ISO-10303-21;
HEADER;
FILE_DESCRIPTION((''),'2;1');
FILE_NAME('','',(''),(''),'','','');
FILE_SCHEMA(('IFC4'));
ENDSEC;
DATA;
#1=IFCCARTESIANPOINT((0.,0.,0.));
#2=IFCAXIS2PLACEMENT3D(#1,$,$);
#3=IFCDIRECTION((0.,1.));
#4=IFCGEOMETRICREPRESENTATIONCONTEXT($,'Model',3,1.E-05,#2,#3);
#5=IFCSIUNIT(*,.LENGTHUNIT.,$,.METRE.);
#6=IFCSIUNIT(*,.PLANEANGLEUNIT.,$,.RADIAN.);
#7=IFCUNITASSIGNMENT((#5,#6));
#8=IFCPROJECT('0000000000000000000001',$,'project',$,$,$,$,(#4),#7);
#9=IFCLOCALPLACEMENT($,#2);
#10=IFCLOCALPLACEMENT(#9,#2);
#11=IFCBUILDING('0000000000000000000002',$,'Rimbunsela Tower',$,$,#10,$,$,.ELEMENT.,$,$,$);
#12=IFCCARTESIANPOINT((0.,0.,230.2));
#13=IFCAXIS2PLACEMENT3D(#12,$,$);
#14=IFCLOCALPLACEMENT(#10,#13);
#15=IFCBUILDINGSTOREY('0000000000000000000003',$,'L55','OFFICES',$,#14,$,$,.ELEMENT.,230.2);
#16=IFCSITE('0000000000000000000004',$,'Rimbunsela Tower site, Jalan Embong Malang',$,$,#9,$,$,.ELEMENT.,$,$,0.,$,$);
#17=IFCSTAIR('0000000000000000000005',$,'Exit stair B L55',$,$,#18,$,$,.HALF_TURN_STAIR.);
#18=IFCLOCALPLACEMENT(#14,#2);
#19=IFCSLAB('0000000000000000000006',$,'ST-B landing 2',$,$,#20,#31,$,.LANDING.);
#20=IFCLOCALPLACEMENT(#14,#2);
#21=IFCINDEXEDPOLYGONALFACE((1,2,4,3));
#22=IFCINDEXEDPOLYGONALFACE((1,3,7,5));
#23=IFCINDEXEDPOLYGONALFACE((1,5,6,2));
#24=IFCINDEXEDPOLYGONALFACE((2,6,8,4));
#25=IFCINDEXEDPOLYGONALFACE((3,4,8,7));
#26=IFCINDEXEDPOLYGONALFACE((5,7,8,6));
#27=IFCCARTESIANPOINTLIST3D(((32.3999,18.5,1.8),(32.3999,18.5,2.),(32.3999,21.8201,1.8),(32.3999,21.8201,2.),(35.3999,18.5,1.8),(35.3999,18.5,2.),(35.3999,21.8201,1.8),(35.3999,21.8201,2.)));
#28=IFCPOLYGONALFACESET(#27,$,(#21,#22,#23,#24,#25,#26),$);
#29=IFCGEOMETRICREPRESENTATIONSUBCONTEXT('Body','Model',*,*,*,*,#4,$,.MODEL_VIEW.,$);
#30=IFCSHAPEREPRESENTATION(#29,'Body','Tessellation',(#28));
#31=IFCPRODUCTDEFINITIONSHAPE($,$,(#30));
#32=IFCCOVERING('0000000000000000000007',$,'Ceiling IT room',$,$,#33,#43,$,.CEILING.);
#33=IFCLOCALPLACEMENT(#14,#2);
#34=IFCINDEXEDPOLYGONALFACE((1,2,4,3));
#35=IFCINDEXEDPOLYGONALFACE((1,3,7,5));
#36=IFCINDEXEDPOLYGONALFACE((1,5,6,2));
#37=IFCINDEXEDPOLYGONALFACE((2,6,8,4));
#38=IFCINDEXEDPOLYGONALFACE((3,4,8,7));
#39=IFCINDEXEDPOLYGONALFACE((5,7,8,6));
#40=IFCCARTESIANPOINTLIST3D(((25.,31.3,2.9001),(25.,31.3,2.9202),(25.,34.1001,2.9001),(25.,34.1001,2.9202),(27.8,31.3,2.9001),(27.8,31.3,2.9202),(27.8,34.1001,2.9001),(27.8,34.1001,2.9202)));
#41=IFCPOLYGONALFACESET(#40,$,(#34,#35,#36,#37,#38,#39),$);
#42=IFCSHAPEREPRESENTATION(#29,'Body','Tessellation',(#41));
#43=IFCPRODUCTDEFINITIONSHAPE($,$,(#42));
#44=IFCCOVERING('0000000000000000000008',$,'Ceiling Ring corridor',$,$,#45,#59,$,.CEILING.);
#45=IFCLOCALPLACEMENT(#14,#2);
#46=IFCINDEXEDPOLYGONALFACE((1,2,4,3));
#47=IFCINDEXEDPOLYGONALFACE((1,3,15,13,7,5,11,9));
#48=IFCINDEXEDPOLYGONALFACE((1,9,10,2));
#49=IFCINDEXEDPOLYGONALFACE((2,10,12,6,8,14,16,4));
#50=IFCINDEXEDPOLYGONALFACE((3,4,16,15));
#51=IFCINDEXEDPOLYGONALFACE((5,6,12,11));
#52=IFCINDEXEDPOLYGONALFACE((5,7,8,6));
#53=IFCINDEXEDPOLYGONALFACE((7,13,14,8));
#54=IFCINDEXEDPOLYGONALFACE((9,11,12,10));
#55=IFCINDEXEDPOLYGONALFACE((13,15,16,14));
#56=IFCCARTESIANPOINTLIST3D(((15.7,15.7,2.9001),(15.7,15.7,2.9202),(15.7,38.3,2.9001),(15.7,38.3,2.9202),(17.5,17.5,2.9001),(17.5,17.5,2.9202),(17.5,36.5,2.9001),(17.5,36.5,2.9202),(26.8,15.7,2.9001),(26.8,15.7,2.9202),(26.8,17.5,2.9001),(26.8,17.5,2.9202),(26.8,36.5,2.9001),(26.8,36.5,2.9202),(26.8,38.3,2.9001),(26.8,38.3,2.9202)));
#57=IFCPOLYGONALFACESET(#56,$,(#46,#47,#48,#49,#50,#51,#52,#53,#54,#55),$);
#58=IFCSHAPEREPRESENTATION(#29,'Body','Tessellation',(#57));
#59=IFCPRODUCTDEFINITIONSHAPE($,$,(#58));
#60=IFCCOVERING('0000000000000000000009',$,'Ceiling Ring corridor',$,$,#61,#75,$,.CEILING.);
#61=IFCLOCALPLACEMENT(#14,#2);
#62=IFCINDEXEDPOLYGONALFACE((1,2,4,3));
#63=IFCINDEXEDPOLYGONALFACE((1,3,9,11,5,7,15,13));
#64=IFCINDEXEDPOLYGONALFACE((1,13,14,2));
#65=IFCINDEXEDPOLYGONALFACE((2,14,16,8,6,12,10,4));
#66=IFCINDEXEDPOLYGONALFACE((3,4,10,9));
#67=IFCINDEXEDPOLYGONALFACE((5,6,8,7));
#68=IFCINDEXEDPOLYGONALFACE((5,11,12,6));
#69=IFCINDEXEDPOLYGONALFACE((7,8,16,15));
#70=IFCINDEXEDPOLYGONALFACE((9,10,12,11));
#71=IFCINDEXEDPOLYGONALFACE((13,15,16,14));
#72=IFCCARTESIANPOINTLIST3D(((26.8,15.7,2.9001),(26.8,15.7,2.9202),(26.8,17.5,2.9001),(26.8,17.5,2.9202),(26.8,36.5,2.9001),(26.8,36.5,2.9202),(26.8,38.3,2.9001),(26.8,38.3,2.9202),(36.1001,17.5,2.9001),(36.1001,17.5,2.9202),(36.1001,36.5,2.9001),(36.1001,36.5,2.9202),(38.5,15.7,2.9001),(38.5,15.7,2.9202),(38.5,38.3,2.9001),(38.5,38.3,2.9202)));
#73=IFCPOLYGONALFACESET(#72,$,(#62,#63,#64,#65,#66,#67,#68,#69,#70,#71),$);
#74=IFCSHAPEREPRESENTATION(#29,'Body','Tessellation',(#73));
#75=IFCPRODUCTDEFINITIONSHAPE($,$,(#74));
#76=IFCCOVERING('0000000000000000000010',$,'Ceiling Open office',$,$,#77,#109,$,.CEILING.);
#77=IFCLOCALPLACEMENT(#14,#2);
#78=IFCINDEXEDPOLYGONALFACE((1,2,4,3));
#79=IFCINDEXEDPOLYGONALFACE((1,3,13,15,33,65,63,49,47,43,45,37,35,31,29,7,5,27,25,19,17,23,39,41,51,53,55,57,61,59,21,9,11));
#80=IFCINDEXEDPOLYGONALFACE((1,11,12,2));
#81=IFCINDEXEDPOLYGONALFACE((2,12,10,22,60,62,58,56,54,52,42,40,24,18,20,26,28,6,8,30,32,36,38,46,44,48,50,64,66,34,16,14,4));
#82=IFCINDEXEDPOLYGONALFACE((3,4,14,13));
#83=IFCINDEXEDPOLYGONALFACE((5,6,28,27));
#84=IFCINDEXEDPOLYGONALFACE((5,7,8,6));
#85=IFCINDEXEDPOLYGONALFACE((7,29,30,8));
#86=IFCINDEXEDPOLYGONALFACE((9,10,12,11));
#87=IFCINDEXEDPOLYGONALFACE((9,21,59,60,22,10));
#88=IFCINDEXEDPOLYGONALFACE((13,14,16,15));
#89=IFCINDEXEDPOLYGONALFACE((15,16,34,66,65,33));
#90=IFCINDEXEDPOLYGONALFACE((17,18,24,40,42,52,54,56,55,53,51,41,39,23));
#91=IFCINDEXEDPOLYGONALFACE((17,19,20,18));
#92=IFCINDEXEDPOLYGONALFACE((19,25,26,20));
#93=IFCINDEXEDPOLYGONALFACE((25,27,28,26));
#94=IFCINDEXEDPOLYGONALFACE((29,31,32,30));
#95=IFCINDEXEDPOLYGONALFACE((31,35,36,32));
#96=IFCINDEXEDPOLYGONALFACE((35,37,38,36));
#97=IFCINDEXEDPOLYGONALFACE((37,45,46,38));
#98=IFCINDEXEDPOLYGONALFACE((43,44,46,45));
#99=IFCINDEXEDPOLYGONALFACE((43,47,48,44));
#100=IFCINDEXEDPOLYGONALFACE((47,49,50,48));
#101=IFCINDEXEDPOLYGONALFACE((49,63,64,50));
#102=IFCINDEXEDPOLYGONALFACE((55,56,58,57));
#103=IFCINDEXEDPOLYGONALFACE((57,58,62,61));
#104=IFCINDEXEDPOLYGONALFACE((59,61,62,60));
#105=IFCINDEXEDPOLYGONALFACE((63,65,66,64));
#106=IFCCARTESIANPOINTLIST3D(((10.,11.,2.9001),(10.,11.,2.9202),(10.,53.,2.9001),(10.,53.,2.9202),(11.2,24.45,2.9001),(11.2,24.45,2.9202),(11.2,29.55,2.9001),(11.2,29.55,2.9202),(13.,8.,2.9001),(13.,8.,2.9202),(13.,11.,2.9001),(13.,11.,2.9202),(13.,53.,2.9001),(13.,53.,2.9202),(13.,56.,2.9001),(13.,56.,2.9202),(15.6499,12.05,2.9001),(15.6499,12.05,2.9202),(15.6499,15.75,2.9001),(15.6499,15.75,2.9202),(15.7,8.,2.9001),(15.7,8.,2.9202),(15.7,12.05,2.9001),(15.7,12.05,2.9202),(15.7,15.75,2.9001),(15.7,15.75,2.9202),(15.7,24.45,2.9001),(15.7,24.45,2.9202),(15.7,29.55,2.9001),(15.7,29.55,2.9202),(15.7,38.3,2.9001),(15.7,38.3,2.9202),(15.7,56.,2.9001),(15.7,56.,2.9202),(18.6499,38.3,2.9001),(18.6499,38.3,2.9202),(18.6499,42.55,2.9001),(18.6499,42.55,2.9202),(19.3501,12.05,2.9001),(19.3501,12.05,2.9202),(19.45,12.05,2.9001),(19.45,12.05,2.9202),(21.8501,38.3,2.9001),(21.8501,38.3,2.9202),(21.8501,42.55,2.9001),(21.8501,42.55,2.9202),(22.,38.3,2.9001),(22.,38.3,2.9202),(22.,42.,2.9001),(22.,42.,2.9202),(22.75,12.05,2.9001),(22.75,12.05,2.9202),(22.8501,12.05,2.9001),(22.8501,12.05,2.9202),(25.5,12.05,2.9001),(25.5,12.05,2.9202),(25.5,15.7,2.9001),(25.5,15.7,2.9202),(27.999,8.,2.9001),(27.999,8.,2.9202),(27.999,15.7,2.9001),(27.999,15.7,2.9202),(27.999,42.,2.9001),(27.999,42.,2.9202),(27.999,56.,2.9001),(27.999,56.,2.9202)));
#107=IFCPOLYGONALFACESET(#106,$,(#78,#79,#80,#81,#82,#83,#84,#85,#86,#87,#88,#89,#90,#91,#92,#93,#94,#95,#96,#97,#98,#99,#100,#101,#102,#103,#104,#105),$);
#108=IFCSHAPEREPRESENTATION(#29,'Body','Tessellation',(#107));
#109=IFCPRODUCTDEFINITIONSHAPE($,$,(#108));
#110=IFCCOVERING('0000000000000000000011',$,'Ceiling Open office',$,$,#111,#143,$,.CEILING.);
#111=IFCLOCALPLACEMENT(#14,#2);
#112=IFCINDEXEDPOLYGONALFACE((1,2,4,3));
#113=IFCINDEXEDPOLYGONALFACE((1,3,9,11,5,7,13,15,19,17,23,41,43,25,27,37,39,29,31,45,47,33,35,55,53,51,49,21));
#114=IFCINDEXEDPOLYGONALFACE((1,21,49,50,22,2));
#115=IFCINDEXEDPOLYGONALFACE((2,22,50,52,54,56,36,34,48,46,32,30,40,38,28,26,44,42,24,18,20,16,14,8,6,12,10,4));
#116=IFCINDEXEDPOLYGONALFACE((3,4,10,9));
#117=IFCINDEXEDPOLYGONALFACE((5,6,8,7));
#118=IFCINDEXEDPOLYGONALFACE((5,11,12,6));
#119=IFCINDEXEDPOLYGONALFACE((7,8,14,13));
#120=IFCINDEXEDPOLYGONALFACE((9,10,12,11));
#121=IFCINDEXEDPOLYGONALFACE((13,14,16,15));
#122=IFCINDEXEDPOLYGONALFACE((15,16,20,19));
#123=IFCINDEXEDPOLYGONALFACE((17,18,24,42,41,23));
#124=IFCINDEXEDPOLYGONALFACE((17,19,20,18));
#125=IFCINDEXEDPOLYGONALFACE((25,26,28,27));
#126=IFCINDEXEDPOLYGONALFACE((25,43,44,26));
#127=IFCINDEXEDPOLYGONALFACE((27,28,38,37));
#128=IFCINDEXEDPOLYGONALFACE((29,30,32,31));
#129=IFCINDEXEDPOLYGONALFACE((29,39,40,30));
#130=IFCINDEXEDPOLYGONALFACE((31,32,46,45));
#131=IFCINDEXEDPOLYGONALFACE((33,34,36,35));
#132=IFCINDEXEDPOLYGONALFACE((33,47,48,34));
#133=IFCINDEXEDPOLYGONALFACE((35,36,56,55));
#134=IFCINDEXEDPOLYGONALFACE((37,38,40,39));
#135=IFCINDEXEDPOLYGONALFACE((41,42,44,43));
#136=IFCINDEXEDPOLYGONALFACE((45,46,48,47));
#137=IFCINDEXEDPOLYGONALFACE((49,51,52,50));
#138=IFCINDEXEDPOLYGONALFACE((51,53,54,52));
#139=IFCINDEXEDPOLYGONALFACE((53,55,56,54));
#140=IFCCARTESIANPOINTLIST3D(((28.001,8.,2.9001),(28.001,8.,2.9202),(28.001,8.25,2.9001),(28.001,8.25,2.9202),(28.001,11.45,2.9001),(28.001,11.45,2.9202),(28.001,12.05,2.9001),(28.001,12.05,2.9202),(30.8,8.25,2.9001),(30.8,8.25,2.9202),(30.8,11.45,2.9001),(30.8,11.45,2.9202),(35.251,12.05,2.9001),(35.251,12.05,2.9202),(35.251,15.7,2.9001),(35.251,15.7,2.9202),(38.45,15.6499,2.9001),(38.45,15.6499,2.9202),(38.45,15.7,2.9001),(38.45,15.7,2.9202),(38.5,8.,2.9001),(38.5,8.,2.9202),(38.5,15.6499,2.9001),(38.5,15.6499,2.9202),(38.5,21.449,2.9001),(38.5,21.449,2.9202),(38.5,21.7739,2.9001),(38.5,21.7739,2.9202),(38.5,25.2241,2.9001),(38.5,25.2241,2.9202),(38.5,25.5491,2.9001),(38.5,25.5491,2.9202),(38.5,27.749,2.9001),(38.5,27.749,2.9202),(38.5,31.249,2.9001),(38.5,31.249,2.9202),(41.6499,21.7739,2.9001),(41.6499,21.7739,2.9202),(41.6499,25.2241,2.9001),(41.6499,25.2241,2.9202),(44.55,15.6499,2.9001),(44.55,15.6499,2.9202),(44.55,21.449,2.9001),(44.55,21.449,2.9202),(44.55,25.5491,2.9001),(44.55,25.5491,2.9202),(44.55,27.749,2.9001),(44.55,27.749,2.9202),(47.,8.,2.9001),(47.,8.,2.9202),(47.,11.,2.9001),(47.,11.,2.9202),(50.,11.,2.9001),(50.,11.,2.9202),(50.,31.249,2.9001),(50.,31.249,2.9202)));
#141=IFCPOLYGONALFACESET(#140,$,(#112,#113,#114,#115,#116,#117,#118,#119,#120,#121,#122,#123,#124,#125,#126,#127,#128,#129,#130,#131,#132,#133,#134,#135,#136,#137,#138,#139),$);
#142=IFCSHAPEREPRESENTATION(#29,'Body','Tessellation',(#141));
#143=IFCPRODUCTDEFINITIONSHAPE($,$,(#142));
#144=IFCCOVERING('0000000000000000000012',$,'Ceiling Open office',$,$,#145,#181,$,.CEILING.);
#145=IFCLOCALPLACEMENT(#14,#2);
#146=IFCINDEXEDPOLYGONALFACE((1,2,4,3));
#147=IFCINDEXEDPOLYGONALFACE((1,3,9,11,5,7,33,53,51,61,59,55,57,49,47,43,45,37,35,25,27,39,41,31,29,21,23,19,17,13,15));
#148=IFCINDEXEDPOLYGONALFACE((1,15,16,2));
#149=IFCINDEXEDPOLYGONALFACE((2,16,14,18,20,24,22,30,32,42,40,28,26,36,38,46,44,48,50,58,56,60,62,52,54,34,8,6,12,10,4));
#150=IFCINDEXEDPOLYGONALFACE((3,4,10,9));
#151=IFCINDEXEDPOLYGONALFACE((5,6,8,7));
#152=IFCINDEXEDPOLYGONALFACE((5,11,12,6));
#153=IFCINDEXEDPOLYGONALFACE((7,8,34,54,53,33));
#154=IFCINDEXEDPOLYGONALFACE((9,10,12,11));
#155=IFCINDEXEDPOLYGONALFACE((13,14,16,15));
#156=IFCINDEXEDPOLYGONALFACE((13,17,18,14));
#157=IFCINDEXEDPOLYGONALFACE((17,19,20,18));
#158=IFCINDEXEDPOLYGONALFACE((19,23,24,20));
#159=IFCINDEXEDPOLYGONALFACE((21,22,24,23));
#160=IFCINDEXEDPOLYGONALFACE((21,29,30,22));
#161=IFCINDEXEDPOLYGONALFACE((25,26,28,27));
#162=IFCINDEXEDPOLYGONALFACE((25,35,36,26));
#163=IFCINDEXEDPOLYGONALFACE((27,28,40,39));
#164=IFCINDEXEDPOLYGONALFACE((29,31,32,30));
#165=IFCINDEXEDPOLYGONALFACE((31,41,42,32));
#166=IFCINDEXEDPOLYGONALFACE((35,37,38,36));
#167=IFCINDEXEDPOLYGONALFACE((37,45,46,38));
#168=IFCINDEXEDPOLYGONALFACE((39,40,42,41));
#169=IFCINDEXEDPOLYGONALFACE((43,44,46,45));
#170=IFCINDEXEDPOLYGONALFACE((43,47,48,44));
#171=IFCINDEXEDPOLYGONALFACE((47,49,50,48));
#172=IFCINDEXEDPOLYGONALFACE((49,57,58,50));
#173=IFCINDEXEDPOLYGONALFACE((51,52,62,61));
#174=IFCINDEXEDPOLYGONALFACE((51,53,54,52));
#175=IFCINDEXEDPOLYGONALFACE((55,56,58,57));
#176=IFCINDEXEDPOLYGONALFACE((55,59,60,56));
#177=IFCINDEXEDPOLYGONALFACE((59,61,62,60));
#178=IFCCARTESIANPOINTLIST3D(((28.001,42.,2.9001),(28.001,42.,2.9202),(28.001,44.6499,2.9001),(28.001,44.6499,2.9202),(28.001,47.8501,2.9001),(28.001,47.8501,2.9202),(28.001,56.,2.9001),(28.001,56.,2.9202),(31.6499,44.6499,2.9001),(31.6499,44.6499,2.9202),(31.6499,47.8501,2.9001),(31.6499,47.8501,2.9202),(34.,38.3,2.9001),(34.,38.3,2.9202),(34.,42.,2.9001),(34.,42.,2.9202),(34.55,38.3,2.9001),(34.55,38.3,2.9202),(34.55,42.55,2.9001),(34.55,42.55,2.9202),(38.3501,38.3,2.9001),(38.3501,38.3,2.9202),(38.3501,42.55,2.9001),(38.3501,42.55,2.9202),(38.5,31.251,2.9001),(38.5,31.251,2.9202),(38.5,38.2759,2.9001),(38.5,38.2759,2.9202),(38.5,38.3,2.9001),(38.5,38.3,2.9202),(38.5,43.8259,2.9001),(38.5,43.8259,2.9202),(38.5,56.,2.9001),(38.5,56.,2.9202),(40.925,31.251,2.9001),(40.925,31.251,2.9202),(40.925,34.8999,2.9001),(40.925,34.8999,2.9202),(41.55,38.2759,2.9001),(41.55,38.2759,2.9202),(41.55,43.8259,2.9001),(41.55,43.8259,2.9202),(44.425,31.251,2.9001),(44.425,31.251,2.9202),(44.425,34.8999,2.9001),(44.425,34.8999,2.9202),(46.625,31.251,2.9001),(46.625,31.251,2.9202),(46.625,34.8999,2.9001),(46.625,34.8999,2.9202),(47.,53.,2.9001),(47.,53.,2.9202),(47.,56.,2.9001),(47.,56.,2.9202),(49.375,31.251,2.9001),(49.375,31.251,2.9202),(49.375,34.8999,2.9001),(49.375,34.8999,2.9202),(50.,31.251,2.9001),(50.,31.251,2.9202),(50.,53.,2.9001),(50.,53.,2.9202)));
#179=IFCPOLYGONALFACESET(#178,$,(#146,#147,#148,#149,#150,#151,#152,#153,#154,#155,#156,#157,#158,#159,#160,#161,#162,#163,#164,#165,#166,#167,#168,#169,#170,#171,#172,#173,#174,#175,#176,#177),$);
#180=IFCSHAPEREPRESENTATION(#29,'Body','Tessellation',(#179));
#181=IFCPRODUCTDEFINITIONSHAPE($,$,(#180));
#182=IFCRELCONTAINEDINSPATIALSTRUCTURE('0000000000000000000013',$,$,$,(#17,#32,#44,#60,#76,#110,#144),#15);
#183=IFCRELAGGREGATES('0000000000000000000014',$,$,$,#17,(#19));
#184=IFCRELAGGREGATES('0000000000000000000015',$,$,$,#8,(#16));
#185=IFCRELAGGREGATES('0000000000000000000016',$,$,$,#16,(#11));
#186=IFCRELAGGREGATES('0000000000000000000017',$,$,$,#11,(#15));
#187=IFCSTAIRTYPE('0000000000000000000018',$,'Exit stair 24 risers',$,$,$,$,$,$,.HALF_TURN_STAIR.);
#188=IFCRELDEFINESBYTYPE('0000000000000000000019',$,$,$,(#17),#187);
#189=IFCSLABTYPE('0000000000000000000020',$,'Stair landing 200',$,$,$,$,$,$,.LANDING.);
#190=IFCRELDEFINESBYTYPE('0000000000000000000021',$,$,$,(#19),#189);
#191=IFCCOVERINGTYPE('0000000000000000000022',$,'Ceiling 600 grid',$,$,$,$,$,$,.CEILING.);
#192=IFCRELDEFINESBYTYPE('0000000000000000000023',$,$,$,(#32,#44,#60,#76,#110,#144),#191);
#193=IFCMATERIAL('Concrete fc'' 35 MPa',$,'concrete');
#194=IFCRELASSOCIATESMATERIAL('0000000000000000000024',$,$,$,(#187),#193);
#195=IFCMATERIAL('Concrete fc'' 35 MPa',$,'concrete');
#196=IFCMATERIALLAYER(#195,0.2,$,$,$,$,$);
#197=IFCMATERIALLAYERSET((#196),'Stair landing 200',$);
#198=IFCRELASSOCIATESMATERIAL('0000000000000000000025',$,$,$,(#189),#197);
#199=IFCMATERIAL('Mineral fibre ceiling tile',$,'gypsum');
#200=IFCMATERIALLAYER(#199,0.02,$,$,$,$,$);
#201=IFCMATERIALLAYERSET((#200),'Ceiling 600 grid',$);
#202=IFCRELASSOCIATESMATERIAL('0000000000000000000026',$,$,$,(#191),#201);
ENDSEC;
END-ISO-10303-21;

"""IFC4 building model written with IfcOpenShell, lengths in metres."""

from ifc_helpers import new_model, si_unit, direction, frame, origin, place, context, subcontext, project, spatial, polyline, outline, extrude, material, layer, layer_set, type_object, element, aggregate, save


model = new_model("IFC4")

# Units and contexts
model_context = context("Model", 3, precision=1e-05, world=origin(), true_north=direction((0.0, 1.0)))
body_context = subcontext(model_context, "Body", "Model", "MODEL_VIEW")
ifc_project = project(units=[si_unit("LENGTHUNIT", "METRE"), si_unit("PLANEANGLEUNIT", "RADIAN")], contexts=[model_context])

# Site, building, storey
site_placement = place(None, origin())
site = spatial("IfcSite", under=ifc_project, at=site_placement, Name="Rimbunsela Tower site, Jalan Embong Malang", CompositionType="ELEMENT", RefElevation=0.0)
building_placement = place(site_placement, origin())
building = spatial("IfcBuilding", under=site, at=building_placement, Name="Rimbunsela Tower", CompositionType="ELEMENT")
storey_placement = place(building_placement, frame((0.0, 0.0, 230.2)))
storey = spatial("IfcBuildingStorey", under=building, at=storey_placement, Name="L55", Description="OFFICES", CompositionType="ELEMENT", Elevation=230.2)

# Stair, slab
ifc_material_1 = material(Name="Concrete fc' 35 MPa", Category="concrete")
stair_type = type_object("IfcStairType", Name="Exit stair 24 risers", PredefinedType="HALF_TURN_STAIR", material=ifc_material_1)
stair_placement = place(storey_placement, origin())
stair = element("IfcStair", 1, at=stair_placement, inside=storey, type_object=stair_type, Name="Exit stair B L55", PredefinedType="HALF_TURN_STAIR")
ifc_material_2 = material(Name="Concrete fc' 35 MPa", Category="concrete")
ifc_layer_1 = layer(ifc_material_2, 0.2)
ifc_layer_set_1 = layer_set([ifc_layer_1], Name="Stair landing 200")
slab_type = type_object("IfcSlabType", Name="Stair landing 200", PredefinedType="LANDING", material=ifc_layer_set_1)
slab_placement = place(storey_placement, frame((0.0, 0.0, 1.8)))
slab = element("IfcSlab", 2, at=slab_placement, type_object=slab_type, Name="ST-B landing 2", PredefinedType="LANDING", context=body_context, shape_type="SweptSolid", body=[
    extrude(outline(polyline([(32.3999, 18.5), (35.3999, 18.5), (35.3999, 21.8201), (32.3999, 21.8201), (32.3999, 18.5)])), origin(), (0.0, 0.0, 1.0), 0.2),
])
aggregate(stair, [slab])

# Coverings
ifc_material_3 = material(Name="Mineral fibre ceiling tile", Category="gypsum")
ifc_layer_2 = layer(ifc_material_3, 0.02)
ifc_layer_set_2 = layer_set([ifc_layer_2], Name="Ceiling 600 grid")
covering_type_1 = type_object("IfcCoveringType", Name="Ceiling 600 grid", PredefinedType="CEILING", material=ifc_layer_set_2)
covering_1_placement = place(storey_placement, frame((0.0, 0.0, 2.9001)))
element("IfcCovering", 3, at=covering_1_placement, inside=storey, type_object=covering_type_1, Name="Ceiling IT room", PredefinedType="CEILING", context=body_context, shape_type="SweptSolid", body=[
    extrude(outline(polyline([(27.8, 31.3), (27.8, 34.1001), (25.0, 34.1001), (25.0, 31.3), (27.8, 31.3)])), origin(), (0.0, 0.0, 1.0), 0.02),
])
covering_2_placement = place(storey_placement, frame((0.0, 0.0, 2.9001)))
element("IfcCovering", 4, at=covering_2_placement, inside=storey, type_object=covering_type_1, Name="Ceiling Ring corridor", PredefinedType="CEILING", context=body_context, shape_type="SweptSolid", body=[
    extrude(outline(polyline([(15.7, 38.3), (26.8, 38.3), (26.8, 36.5), (17.5, 36.5), (17.5, 17.5), (26.8, 17.5), (26.8, 15.7), (15.7, 15.7), (15.7, 38.3)])), origin(), (0.0, 0.0, 1.0), 0.02),
])
covering_3_placement = place(storey_placement, frame((0.0, 0.0, 2.9001)))
element("IfcCovering", 5, at=covering_3_placement, inside=storey, type_object=covering_type_1, Name="Ceiling Ring corridor", PredefinedType="CEILING", context=body_context, shape_type="SweptSolid", body=[
    extrude(outline(polyline([(38.5, 38.3), (38.5, 15.7), (26.8, 15.7), (26.8, 17.5), (36.1001, 17.5), (36.1001, 36.5), (26.8, 36.5), (26.8, 38.3), (38.5, 38.3)])), origin(), (0.0, 0.0, 1.0), 0.02),
])
covering_4_placement = place(storey_placement, frame((0.0, 0.0, 2.9001)))
element("IfcCovering", 6, at=covering_4_placement, inside=storey, type_object=covering_type_1, Name="Ceiling Open office", PredefinedType="CEILING", context=body_context, shape_type="SweptSolid", body=[
    extrude(outline(polyline([(19.45, 12.05), (22.75, 12.05), (22.8501, 12.05), (25.5, 12.05), (25.5, 15.7), (27.999, 15.7), (27.999, 8.0), (15.7, 8.0), (13.0, 8.0), (13.0, 11.0), (10.0, 11.0), (10.0, 53.0), (13.0, 53.0), (13.0, 56.0), (15.7, 56.0), (27.999, 56.0), (27.999, 42.0), (22.0, 42.0), (22.0, 38.3), (21.8501, 38.3), (21.8501, 42.55), (18.6499, 42.55), (18.6499, 38.3), (15.7, 38.3), (15.7, 29.55), (11.2, 29.55), (11.2, 24.45), (15.7, 24.45), (15.7, 15.75), (15.6499, 15.75), (15.6499, 12.05), (15.7, 12.05), (19.3501, 12.05), (19.45, 12.05)])), origin(), (0.0, 0.0, 1.0), 0.02),
])
covering_5_placement = place(storey_placement, frame((0.0, 0.0, 2.9001)))
element("IfcCovering", 7, at=covering_5_placement, inside=storey, type_object=covering_type_1, Name="Ceiling Open office", PredefinedType="CEILING", context=body_context, shape_type="SweptSolid", body=[
    extrude(outline(polyline([(28.001, 8.25), (30.8, 8.25), (30.8, 11.45), (28.001, 11.45), (28.001, 12.05), (35.251, 12.05), (35.251, 15.7), (38.45, 15.7), (38.45, 15.6499), (38.5, 15.6499), (44.55, 15.6499), (44.55, 21.449), (38.5, 21.449), (38.5, 21.7739), (41.6499, 21.7739), (41.6499, 25.2241), (38.5, 25.2241), (38.5, 25.5491), (44.55, 25.5491), (44.55, 27.749), (38.5, 27.749), (38.5, 31.249), (50.0, 31.249), (50.0, 11.0), (47.0, 11.0), (47.0, 8.0), (38.5, 8.0), (28.001, 8.0), (28.001, 8.25)])), origin(), (0.0, 0.0, 1.0), 0.02),
])
covering_6_placement = place(storey_placement, frame((0.0, 0.0, 2.9001)))
element("IfcCovering", 8, at=covering_6_placement, inside=storey, type_object=covering_type_1, Name="Ceiling Open office", PredefinedType="CEILING", context=body_context, shape_type="SweptSolid", body=[
    extrude(outline(polyline([(38.5, 38.3), (38.3501, 38.3), (38.3501, 42.55), (34.55, 42.55), (34.55, 38.3), (34.0, 38.3), (34.0, 42.0), (28.001, 42.0), (28.001, 44.6499), (31.6499, 44.6499), (31.6499, 47.8501), (28.001, 47.8501), (28.001, 56.0), (38.5, 56.0), (47.0, 56.0), (47.0, 53.0), (50.0, 53.0), (50.0, 31.251), (49.375, 31.251), (49.375, 34.8999), (46.625, 34.8999), (46.625, 31.251), (44.425, 31.251), (44.425, 34.8999), (40.925, 34.8999), (40.925, 31.251), (38.5, 31.251), (38.5, 38.2759), (41.55, 38.2759), (41.55, 43.8259), (38.5, 43.8259), (38.5, 38.3)])), origin(), (0.0, 0.0, 1.0), 0.02),
])

save(model, "model.ifc")
